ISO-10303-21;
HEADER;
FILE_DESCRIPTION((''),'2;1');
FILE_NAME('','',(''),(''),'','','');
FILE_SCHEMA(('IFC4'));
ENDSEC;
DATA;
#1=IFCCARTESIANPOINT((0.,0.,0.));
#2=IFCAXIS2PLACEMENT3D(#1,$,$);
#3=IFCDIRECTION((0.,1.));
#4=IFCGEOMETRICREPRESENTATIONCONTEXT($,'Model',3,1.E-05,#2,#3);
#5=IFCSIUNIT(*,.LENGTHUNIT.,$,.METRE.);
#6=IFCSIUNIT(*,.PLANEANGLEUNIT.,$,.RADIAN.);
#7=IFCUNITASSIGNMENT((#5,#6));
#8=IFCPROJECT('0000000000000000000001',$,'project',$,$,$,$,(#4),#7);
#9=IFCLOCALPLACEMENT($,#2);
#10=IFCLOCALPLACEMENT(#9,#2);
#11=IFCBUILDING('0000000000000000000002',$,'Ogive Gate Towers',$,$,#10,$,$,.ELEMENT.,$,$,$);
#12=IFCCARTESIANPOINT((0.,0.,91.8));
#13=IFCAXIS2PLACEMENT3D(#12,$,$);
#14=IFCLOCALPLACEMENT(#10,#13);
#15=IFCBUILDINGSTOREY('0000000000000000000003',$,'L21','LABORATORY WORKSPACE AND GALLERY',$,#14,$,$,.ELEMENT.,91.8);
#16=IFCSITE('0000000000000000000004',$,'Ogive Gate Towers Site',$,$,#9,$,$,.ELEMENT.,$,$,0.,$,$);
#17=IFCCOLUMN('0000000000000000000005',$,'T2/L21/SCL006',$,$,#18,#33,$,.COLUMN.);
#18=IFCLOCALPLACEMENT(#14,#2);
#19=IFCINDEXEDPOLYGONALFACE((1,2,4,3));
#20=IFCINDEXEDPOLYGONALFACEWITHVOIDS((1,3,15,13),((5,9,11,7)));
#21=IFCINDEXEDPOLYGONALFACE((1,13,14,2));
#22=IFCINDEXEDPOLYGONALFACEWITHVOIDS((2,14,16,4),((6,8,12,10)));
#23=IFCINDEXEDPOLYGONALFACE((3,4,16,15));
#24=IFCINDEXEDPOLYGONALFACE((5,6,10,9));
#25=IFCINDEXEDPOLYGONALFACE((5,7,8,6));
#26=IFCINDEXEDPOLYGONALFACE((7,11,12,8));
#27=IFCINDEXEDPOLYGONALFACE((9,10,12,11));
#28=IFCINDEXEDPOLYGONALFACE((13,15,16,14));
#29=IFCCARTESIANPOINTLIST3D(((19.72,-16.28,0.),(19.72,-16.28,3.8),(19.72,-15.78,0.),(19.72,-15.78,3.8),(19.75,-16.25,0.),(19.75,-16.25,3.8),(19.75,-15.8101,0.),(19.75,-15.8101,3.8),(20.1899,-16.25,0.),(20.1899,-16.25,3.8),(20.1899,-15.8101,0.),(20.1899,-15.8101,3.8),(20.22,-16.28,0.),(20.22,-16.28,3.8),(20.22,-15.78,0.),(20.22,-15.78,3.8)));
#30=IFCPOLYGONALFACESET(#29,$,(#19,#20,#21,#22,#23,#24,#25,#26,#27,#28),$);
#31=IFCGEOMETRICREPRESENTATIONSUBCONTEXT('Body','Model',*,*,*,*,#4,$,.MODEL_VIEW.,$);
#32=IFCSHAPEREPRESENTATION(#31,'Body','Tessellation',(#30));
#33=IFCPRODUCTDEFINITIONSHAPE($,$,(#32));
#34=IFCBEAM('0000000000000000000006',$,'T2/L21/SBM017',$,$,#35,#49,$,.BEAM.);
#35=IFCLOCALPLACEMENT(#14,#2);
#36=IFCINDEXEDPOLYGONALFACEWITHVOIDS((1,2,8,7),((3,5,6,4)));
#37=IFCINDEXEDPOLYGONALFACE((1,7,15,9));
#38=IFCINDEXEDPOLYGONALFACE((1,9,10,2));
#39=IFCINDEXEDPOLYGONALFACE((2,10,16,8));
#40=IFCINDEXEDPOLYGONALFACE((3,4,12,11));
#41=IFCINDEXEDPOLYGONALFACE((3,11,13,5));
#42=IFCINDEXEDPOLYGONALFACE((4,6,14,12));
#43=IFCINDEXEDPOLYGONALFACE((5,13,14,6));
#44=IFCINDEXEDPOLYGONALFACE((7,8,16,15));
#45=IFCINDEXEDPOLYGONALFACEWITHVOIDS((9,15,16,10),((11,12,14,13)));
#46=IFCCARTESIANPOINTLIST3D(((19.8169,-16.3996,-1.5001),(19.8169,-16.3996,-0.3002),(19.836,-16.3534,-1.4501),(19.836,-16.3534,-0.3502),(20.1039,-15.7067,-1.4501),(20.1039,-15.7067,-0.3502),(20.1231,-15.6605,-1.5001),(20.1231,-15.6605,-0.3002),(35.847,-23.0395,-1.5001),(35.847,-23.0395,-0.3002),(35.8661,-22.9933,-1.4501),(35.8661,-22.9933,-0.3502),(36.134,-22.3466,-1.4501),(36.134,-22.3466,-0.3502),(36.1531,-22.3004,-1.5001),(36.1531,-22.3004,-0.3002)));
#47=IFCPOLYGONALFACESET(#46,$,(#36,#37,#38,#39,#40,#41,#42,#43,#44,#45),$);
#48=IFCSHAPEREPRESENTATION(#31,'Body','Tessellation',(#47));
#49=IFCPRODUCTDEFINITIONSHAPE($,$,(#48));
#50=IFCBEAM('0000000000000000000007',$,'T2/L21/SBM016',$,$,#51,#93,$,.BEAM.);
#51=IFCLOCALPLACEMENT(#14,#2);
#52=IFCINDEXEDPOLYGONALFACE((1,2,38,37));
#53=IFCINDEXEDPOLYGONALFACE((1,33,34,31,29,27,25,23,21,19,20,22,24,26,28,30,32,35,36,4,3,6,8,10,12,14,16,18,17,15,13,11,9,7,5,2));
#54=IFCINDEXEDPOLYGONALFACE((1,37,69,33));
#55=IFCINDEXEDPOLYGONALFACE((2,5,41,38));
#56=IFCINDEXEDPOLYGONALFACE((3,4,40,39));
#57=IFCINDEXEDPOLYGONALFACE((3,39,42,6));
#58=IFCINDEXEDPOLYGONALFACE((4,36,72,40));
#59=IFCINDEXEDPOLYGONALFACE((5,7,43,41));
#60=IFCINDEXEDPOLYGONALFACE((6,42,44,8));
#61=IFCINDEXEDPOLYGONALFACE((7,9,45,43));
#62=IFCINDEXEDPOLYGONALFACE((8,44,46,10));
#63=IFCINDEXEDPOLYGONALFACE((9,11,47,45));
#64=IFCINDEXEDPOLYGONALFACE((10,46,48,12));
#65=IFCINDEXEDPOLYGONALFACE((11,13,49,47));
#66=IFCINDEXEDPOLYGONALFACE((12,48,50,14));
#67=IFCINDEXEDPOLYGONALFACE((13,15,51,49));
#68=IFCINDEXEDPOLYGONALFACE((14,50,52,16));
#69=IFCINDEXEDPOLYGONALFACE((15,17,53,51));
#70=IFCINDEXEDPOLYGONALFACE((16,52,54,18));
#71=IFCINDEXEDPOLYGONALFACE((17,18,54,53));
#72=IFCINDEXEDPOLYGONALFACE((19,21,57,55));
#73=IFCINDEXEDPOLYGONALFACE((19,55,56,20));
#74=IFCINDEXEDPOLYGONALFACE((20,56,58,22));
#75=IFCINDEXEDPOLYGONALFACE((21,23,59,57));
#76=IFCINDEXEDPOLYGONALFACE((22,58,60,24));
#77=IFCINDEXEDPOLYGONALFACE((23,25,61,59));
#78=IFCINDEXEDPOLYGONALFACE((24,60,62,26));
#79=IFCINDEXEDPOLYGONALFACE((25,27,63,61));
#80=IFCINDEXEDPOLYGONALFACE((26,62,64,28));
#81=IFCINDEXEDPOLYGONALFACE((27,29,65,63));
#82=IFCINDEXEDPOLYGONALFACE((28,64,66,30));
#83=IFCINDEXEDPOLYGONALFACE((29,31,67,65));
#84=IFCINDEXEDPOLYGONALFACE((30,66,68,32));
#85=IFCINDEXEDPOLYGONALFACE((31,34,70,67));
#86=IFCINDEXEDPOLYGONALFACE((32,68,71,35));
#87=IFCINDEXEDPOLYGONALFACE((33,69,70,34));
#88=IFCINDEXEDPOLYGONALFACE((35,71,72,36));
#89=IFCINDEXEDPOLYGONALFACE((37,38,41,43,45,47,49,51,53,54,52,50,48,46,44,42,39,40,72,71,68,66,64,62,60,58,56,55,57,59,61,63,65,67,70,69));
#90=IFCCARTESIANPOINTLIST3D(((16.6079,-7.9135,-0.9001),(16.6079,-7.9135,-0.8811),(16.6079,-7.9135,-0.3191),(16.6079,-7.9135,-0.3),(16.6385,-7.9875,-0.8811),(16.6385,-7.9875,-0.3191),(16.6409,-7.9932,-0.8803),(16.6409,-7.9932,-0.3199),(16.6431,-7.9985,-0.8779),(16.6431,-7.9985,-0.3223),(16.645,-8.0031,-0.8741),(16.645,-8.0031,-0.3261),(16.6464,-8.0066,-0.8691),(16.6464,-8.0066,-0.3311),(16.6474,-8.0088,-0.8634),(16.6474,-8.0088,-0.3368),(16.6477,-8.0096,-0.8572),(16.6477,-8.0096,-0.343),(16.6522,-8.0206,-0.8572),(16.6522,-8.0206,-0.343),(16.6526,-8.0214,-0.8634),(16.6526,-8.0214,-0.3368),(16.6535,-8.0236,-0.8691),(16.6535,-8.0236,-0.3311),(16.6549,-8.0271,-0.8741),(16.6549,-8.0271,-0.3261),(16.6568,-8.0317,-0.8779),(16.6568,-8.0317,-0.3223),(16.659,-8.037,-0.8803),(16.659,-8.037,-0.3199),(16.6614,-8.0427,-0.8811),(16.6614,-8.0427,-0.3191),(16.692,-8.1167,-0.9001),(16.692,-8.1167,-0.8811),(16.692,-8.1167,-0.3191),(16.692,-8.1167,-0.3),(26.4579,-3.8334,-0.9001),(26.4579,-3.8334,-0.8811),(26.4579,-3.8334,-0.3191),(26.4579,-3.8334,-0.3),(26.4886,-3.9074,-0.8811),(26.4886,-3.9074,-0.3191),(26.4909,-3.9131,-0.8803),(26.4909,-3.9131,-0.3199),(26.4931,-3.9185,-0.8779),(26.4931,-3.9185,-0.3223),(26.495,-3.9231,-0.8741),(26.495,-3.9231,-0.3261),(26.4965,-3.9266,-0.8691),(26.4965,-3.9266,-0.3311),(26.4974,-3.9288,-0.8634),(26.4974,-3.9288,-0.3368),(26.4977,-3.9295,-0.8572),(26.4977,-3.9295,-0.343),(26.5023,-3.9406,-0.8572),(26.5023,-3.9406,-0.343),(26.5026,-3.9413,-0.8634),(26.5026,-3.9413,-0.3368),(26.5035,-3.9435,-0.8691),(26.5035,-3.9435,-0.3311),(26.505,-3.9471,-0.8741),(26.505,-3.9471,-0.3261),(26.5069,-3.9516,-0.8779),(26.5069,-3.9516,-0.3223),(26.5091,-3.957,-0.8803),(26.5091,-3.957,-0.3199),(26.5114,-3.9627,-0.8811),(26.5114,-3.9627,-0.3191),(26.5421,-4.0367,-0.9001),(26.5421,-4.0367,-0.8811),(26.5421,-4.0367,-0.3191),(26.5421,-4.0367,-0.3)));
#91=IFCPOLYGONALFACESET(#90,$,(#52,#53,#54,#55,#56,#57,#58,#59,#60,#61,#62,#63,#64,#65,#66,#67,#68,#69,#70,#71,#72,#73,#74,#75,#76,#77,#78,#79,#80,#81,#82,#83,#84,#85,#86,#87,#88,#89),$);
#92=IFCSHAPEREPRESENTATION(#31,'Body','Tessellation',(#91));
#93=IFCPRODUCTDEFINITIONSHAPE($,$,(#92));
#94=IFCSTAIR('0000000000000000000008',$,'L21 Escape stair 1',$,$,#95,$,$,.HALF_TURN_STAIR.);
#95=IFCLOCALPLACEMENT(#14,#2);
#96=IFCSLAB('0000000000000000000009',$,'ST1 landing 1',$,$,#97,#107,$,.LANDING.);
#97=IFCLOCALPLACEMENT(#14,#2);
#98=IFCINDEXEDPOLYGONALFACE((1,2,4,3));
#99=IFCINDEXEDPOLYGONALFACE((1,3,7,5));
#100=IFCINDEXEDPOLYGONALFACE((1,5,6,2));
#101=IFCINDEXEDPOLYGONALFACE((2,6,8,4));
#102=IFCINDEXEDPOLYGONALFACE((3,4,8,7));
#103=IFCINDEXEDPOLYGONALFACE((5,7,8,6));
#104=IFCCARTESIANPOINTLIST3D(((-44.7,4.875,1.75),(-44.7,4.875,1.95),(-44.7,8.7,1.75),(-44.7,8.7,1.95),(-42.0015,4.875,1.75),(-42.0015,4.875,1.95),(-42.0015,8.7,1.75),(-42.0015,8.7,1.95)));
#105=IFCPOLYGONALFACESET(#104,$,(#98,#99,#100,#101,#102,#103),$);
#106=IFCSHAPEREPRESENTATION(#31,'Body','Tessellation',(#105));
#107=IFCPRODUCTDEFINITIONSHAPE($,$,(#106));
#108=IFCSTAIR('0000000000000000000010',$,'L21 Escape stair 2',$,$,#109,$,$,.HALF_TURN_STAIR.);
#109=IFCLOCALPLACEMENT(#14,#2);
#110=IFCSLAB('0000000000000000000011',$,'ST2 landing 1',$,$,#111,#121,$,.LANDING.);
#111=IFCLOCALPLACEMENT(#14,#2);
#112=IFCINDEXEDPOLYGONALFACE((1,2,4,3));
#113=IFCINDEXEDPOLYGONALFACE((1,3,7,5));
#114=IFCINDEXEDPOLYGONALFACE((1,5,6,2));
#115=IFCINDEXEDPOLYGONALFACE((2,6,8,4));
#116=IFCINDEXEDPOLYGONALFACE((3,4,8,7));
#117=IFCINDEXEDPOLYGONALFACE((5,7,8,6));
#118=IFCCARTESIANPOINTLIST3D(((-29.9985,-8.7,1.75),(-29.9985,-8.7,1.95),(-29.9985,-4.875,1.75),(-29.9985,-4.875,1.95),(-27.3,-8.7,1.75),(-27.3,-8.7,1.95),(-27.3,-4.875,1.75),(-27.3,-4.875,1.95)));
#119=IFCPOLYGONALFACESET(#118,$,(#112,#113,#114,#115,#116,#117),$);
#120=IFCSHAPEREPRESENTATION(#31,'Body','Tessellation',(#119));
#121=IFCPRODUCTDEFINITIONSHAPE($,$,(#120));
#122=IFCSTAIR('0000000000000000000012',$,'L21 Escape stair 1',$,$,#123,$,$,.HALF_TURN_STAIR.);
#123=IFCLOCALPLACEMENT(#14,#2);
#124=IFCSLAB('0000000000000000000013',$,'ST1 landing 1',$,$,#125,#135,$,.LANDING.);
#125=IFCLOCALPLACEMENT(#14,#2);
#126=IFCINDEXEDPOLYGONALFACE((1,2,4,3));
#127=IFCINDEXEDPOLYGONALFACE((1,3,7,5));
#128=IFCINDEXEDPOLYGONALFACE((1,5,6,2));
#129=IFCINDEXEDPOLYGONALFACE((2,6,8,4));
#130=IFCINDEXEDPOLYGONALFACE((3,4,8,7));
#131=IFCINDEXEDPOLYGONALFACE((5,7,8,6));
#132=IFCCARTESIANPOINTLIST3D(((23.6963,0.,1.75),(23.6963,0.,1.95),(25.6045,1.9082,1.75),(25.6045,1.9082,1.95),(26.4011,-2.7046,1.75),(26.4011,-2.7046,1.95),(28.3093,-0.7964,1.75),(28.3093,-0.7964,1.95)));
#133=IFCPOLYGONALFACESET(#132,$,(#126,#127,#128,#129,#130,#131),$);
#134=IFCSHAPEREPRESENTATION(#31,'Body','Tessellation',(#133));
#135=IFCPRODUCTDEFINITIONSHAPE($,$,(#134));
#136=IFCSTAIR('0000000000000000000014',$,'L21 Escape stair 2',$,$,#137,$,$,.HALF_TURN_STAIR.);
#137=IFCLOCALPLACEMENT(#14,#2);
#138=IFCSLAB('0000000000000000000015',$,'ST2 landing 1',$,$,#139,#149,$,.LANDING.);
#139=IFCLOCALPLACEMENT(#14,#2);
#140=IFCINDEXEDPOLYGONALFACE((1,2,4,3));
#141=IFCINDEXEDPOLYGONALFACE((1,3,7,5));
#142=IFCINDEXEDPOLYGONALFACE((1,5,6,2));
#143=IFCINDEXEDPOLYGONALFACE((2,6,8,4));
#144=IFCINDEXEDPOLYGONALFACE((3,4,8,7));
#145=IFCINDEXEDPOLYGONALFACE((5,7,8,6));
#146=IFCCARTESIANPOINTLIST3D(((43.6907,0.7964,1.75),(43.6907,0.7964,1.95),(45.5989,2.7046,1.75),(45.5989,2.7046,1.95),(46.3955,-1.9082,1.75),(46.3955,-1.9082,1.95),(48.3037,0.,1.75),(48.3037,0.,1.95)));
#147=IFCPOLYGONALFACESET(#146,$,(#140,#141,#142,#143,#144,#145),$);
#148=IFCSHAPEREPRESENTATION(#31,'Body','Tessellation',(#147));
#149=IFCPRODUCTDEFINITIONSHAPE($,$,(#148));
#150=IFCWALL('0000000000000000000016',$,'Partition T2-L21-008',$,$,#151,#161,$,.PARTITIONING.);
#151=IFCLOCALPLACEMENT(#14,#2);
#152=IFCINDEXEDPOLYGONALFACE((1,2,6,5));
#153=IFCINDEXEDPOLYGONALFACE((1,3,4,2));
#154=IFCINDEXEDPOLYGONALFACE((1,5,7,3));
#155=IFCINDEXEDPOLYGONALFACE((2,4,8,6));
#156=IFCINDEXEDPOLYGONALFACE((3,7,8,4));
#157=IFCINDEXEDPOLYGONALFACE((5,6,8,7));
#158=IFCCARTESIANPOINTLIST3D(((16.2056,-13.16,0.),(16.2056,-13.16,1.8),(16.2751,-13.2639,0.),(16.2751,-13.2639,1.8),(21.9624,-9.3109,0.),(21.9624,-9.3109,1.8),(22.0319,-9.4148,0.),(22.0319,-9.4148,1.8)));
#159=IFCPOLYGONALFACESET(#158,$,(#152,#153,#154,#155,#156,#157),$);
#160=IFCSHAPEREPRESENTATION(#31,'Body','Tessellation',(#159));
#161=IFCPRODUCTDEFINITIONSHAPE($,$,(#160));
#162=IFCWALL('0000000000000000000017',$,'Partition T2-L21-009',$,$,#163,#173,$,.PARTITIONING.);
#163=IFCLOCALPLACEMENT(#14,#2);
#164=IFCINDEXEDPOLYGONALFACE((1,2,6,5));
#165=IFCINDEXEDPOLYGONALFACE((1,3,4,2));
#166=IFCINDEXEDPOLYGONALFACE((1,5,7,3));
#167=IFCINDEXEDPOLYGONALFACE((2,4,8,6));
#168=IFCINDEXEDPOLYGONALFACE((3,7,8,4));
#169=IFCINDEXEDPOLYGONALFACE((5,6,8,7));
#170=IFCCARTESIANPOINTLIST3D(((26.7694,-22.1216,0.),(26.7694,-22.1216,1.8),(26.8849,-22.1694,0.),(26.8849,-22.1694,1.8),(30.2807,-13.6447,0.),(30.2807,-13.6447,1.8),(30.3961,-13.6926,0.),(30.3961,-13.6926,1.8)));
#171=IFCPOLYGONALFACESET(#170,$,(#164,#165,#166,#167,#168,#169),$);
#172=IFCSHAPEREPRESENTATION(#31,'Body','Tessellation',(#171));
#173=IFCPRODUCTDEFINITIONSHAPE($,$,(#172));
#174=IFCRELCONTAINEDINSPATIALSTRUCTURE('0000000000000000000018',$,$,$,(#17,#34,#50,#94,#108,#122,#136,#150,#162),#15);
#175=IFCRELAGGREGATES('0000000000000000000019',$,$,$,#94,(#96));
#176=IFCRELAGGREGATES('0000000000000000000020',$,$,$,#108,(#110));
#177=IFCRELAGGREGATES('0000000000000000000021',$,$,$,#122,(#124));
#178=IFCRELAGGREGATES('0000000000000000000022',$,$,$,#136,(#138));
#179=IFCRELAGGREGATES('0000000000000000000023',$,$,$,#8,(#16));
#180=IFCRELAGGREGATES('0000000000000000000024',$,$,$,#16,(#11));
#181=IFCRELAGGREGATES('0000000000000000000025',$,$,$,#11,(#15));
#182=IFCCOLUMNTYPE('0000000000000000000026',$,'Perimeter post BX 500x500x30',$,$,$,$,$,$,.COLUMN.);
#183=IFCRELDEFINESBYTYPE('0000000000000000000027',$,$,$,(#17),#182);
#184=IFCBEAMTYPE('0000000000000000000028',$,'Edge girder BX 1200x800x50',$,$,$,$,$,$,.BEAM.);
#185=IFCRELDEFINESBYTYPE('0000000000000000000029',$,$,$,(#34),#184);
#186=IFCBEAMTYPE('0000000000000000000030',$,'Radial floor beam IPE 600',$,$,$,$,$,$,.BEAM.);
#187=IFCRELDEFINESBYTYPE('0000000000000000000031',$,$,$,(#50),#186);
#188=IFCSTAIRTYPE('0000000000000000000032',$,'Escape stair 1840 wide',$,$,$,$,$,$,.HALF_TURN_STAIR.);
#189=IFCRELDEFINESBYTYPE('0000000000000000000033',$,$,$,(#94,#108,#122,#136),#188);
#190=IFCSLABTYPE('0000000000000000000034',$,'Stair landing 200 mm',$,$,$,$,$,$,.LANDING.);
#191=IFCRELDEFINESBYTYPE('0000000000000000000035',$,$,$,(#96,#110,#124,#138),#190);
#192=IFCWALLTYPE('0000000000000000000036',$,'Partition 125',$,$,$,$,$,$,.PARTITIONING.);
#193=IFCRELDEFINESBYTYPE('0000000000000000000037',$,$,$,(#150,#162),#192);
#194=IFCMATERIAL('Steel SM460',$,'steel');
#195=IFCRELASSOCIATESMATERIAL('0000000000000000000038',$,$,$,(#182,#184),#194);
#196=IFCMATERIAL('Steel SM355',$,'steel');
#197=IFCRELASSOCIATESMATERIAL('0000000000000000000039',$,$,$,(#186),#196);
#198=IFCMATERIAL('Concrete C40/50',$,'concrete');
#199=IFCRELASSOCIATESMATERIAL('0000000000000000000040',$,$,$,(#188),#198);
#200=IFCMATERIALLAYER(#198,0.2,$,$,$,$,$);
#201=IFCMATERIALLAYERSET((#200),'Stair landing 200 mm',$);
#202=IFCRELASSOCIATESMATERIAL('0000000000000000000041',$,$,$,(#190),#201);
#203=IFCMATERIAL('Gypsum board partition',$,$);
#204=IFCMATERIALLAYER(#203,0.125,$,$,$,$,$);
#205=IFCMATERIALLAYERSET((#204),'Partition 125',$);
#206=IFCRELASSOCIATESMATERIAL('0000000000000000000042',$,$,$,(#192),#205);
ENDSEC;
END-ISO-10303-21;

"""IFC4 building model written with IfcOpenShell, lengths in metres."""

from ifc_helpers import new_model, si_unit, direction, frame, frame_2d, origin, origin_2d, place, context, subcontext, project, spatial, polyline, rectangle, hollow_rectangle, i_section, outline, extrude, material, layer, layer_set, material_profile, profile_set, type_object, element, aggregate, save


model = new_model("IFC4")

# Units and contexts
model_context = context("Model", 3, precision=1e-05, world=origin(), true_north=direction((0.0, 1.0)))
body_context = subcontext(model_context, "Body", "Model", "MODEL_VIEW")
ifc_project = project(units=[si_unit("LENGTHUNIT", "METRE"), si_unit("PLANEANGLEUNIT", "RADIAN")], contexts=[model_context])

# Site, building, storey
site_placement = place(None, origin())
site = spatial("IfcSite", under=ifc_project, at=site_placement, Name="Ogive Gate Towers Site", CompositionType="ELEMENT", RefElevation=0.0)
building_placement = place(site_placement, origin())
building = spatial("IfcBuilding", under=site, at=building_placement, Name="Ogive Gate Towers", CompositionType="ELEMENT")
storey_placement = place(building_placement, frame((0.0, 0.0, 91.8)))
storey = spatial("IfcBuildingStorey", under=building, at=storey_placement, Name="L21", Description="LABORATORY WORKSPACE AND GALLERY", CompositionType="ELEMENT", Elevation=91.8)

# Column
ifc_material_1 = material(Name="Steel SM460", Category="steel")
ifc_material_profile_1 = material_profile(ifc_material_1, hollow_rectangle(XDim=0.5, YDim=0.5, WallThickness=0.03, at=origin_2d()), Name="BX 500x500x30")
ifc_profile_set_1 = profile_set([ifc_material_profile_1], Name="Steel SM460")
column_type = type_object("IfcColumnType", Name="Perimeter post BX 500x500x30", PredefinedType="COLUMN", material=ifc_profile_set_1)
column_placement = place(storey_placement, frame((19.97, -16.03, 0.0), z_axis=(0.0, 0.0, 1.0), x_axis=(1.0, 0.0, 0.0)))
element("IfcColumn", 1, at=column_placement, inside=storey, type_object=column_type, Name="T2/L21/SCL006", PredefinedType="COLUMN", context=body_context, shape_type="SweptSolid", body=[
    extrude(hollow_rectangle(XDim=0.5, YDim=0.5, WallThickness=0.03, at=origin_2d()), origin(), (0.0, 0.0, 1.0), 3.8),
])

# Beams
ifc_material_profile_2 = material_profile(ifc_material_1, hollow_rectangle(XDim=0.8, YDim=1.2, WallThickness=0.05, at=origin_2d()), Name="BX 1200x800x50")
ifc_profile_set_2 = profile_set([ifc_material_profile_2], Name="Steel SM460")
beam_type_1 = type_object("IfcBeamType", Name="Edge girder BX 1200x800x50", PredefinedType="BEAM", material=ifc_profile_set_2)
beam_1_placement = place(storey_placement, frame((19.97, -16.03, -0.9001), z_axis=(0.923879, -0.382685, 0.0), x_axis=(0.382685, 0.923879, 0.0)))
element("IfcBeam", 2, at=beam_1_placement, inside=storey, type_object=beam_type_1, Name="T2/L21/SBM017", PredefinedType="BEAM", context=body_context, shape_type="SweptSolid", body=[
    extrude(hollow_rectangle(XDim=0.8, YDim=1.2, WallThickness=0.05, at=origin_2d()), origin(), (0.0, 0.0, 1.0), 17.3508),
])
ifc_material_2 = material(Name="Steel SM355", Category="steel")
ifc_material_profile_3 = material_profile(ifc_material_2, i_section(OverallWidth=0.22, OverallDepth=0.6001, WebThickness=0.012, FlangeThickness=0.019, FilletRadius=0.0239, at=origin_2d()), Name="IPE 600")
ifc_profile_set_3 = profile_set([ifc_material_profile_3], Name="Steel SM355")
beam_type_2 = type_object("IfcBeamType", Name="Radial floor beam IPE 600", PredefinedType="BEAM", material=ifc_profile_set_3)
beam_2_placement = place(storey_placement, frame((26.5, -3.9351, -0.6001), z_axis=(-0.923878, -0.382686, 0.0), x_axis=(0.382686, -0.923878, 0.0)))
element("IfcBeam", 3, at=beam_2_placement, inside=storey, type_object=beam_type_2, Name="T2/L21/SBM016", PredefinedType="BEAM", context=body_context, shape_type="SweptSolid", body=[
    extrude(i_section(OverallWidth=0.22, OverallDepth=0.6001, WebThickness=0.012, FlangeThickness=0.019, FilletRadius=0.0239, at=origin_2d()), origin(), (0.0, 0.0, 1.0), 10.6616),
])

# Stairs, slabs
ifc_material_3 = material(Name="Concrete C40/50", Category="concrete")
stair_type = type_object("IfcStairType", Name="Escape stair 1840 wide", PredefinedType="HALF_TURN_STAIR", material=ifc_material_3)
stair_1_placement = place(storey_placement, origin())
stair_1 = element("IfcStair", 4, at=stair_1_placement, inside=storey, type_object=stair_type, Name="L21 Escape stair 1", PredefinedType="HALF_TURN_STAIR")
ifc_layer_1 = layer(ifc_material_3, 0.2)
ifc_layer_set_1 = layer_set([ifc_layer_1], Name="Stair landing 200 mm")
slab_type = type_object("IfcSlabType", Name="Stair landing 200 mm", PredefinedType="LANDING", material=ifc_layer_set_1)
slab_1_placement = place(storey_placement, frame((0.0, 0.0, 1.75)))
slab_1 = element("IfcSlab", 5, at=slab_1_placement, type_object=slab_type, Name="ST1 landing 1", PredefinedType="LANDING", context=body_context, shape_type="SweptSolid", body=[
    extrude(outline(polyline([(-42.0015, 8.7), (-44.7, 8.7), (-44.7, 4.875), (-42.0015, 4.875), (-42.0015, 8.7)])), origin(), (0.0, 0.0, 1.0), 0.2),
])
aggregate(stair_1, [slab_1])
stair_2_placement = place(storey_placement, origin())
stair_2 = element("IfcStair", 6, at=stair_2_placement, inside=storey, type_object=stair_type, Name="L21 Escape stair 2", PredefinedType="HALF_TURN_STAIR")
slab_2_placement = place(storey_placement, frame((0.0, 0.0, 1.75)))
slab_2 = element("IfcSlab", 7, at=slab_2_placement, type_object=slab_type, Name="ST2 landing 1", PredefinedType="LANDING", context=body_context, shape_type="SweptSolid", body=[
    extrude(outline(polyline([(-29.9985, -8.7), (-27.3, -8.7), (-27.3, -4.875), (-29.9985, -4.875), (-29.9985, -8.7)])), origin(), (0.0, 0.0, 1.0), 0.2),
])
aggregate(stair_2, [slab_2])
stair_3_placement = place(storey_placement, origin())
stair_3 = element("IfcStair", 8, at=stair_3_placement, inside=storey, type_object=stair_type, Name="L21 Escape stair 1", PredefinedType="HALF_TURN_STAIR")
slab_3_placement = place(storey_placement, frame((0.0, 0.0, 1.75)))
slab_3 = element("IfcSlab", 9, at=slab_3_placement, type_object=slab_type, Name="ST1 landing 1", PredefinedType="LANDING", context=body_context, shape_type="SweptSolid", body=[
    extrude(outline(polyline([(25.6045, 1.9082), (23.6963, 0.0), (26.4011, -2.7046), (28.3093, -0.7964), (25.6045, 1.9082)])), origin(), (0.0, 0.0, 1.0), 0.2),
])
aggregate(stair_3, [slab_3])
stair_4_placement = place(storey_placement, origin())
stair_4 = element("IfcStair", 10, at=stair_4_placement, inside=storey, type_object=stair_type, Name="L21 Escape stair 2", PredefinedType="HALF_TURN_STAIR")
slab_4_placement = place(storey_placement, frame((0.0, 0.0, 1.75)))
slab_4 = element("IfcSlab", 11, at=slab_4_placement, type_object=slab_type, Name="ST2 landing 1", PredefinedType="LANDING", context=body_context, shape_type="SweptSolid", body=[
    extrude(outline(polyline([(46.3955, -1.9082), (48.3037, 0.0), (45.5989, 2.7046), (43.6907, 0.7964), (46.3955, -1.9082)])), origin(), (0.0, 0.0, 1.0), 0.2),
])
aggregate(stair_4, [slab_4])

# Walls
ifc_material_4 = material(Name="Gypsum board partition")
ifc_layer_2 = layer(ifc_material_4, 0.125)
ifc_layer_set_2 = layer_set([ifc_layer_2], Name="Partition 125")
wall_type_1 = type_object("IfcWallType", Name="Partition 125", PredefinedType="PARTITIONING", material=ifc_layer_set_2)
wall_1_placement = place(storey_placement, frame((16.2405, -13.2119, 0.0), z_axis=(0.0, 0.0, 1.0), x_axis=(0.831301, 0.555822, 0.0)))
element("IfcWall", 12, at=wall_1_placement, inside=storey, type_object=wall_type_1, Name="Partition T2-L21-008", PredefinedType="PARTITIONING", context=body_context, shape_type="SweptSolid", body=[
    extrude(rectangle(XDim=6.925, YDim=0.125, at=frame_2d((3.4624, 0.0))), origin(), (0.0, 0.0, 1.0), 1.8),
])
wall_2_placement = place(storey_placement, frame((26.8271, -22.1455, 0.0), z_axis=(0.0, 0.0, 1.0), x_axis=(0.382685, 0.923879, 0.0)))
element("IfcWall", 13, at=wall_2_placement, inside=storey, type_object=wall_type_1, Name="Partition T2-L21-009", PredefinedType="PARTITIONING", context=body_context, shape_type="SweptSolid", body=[
    extrude(rectangle(XDim=9.1753, YDim=0.125, at=frame_2d((4.5876, 0.0))), origin(), (0.0, 0.0, 1.0), 1.8),
])

save(model, "model.ifc")
